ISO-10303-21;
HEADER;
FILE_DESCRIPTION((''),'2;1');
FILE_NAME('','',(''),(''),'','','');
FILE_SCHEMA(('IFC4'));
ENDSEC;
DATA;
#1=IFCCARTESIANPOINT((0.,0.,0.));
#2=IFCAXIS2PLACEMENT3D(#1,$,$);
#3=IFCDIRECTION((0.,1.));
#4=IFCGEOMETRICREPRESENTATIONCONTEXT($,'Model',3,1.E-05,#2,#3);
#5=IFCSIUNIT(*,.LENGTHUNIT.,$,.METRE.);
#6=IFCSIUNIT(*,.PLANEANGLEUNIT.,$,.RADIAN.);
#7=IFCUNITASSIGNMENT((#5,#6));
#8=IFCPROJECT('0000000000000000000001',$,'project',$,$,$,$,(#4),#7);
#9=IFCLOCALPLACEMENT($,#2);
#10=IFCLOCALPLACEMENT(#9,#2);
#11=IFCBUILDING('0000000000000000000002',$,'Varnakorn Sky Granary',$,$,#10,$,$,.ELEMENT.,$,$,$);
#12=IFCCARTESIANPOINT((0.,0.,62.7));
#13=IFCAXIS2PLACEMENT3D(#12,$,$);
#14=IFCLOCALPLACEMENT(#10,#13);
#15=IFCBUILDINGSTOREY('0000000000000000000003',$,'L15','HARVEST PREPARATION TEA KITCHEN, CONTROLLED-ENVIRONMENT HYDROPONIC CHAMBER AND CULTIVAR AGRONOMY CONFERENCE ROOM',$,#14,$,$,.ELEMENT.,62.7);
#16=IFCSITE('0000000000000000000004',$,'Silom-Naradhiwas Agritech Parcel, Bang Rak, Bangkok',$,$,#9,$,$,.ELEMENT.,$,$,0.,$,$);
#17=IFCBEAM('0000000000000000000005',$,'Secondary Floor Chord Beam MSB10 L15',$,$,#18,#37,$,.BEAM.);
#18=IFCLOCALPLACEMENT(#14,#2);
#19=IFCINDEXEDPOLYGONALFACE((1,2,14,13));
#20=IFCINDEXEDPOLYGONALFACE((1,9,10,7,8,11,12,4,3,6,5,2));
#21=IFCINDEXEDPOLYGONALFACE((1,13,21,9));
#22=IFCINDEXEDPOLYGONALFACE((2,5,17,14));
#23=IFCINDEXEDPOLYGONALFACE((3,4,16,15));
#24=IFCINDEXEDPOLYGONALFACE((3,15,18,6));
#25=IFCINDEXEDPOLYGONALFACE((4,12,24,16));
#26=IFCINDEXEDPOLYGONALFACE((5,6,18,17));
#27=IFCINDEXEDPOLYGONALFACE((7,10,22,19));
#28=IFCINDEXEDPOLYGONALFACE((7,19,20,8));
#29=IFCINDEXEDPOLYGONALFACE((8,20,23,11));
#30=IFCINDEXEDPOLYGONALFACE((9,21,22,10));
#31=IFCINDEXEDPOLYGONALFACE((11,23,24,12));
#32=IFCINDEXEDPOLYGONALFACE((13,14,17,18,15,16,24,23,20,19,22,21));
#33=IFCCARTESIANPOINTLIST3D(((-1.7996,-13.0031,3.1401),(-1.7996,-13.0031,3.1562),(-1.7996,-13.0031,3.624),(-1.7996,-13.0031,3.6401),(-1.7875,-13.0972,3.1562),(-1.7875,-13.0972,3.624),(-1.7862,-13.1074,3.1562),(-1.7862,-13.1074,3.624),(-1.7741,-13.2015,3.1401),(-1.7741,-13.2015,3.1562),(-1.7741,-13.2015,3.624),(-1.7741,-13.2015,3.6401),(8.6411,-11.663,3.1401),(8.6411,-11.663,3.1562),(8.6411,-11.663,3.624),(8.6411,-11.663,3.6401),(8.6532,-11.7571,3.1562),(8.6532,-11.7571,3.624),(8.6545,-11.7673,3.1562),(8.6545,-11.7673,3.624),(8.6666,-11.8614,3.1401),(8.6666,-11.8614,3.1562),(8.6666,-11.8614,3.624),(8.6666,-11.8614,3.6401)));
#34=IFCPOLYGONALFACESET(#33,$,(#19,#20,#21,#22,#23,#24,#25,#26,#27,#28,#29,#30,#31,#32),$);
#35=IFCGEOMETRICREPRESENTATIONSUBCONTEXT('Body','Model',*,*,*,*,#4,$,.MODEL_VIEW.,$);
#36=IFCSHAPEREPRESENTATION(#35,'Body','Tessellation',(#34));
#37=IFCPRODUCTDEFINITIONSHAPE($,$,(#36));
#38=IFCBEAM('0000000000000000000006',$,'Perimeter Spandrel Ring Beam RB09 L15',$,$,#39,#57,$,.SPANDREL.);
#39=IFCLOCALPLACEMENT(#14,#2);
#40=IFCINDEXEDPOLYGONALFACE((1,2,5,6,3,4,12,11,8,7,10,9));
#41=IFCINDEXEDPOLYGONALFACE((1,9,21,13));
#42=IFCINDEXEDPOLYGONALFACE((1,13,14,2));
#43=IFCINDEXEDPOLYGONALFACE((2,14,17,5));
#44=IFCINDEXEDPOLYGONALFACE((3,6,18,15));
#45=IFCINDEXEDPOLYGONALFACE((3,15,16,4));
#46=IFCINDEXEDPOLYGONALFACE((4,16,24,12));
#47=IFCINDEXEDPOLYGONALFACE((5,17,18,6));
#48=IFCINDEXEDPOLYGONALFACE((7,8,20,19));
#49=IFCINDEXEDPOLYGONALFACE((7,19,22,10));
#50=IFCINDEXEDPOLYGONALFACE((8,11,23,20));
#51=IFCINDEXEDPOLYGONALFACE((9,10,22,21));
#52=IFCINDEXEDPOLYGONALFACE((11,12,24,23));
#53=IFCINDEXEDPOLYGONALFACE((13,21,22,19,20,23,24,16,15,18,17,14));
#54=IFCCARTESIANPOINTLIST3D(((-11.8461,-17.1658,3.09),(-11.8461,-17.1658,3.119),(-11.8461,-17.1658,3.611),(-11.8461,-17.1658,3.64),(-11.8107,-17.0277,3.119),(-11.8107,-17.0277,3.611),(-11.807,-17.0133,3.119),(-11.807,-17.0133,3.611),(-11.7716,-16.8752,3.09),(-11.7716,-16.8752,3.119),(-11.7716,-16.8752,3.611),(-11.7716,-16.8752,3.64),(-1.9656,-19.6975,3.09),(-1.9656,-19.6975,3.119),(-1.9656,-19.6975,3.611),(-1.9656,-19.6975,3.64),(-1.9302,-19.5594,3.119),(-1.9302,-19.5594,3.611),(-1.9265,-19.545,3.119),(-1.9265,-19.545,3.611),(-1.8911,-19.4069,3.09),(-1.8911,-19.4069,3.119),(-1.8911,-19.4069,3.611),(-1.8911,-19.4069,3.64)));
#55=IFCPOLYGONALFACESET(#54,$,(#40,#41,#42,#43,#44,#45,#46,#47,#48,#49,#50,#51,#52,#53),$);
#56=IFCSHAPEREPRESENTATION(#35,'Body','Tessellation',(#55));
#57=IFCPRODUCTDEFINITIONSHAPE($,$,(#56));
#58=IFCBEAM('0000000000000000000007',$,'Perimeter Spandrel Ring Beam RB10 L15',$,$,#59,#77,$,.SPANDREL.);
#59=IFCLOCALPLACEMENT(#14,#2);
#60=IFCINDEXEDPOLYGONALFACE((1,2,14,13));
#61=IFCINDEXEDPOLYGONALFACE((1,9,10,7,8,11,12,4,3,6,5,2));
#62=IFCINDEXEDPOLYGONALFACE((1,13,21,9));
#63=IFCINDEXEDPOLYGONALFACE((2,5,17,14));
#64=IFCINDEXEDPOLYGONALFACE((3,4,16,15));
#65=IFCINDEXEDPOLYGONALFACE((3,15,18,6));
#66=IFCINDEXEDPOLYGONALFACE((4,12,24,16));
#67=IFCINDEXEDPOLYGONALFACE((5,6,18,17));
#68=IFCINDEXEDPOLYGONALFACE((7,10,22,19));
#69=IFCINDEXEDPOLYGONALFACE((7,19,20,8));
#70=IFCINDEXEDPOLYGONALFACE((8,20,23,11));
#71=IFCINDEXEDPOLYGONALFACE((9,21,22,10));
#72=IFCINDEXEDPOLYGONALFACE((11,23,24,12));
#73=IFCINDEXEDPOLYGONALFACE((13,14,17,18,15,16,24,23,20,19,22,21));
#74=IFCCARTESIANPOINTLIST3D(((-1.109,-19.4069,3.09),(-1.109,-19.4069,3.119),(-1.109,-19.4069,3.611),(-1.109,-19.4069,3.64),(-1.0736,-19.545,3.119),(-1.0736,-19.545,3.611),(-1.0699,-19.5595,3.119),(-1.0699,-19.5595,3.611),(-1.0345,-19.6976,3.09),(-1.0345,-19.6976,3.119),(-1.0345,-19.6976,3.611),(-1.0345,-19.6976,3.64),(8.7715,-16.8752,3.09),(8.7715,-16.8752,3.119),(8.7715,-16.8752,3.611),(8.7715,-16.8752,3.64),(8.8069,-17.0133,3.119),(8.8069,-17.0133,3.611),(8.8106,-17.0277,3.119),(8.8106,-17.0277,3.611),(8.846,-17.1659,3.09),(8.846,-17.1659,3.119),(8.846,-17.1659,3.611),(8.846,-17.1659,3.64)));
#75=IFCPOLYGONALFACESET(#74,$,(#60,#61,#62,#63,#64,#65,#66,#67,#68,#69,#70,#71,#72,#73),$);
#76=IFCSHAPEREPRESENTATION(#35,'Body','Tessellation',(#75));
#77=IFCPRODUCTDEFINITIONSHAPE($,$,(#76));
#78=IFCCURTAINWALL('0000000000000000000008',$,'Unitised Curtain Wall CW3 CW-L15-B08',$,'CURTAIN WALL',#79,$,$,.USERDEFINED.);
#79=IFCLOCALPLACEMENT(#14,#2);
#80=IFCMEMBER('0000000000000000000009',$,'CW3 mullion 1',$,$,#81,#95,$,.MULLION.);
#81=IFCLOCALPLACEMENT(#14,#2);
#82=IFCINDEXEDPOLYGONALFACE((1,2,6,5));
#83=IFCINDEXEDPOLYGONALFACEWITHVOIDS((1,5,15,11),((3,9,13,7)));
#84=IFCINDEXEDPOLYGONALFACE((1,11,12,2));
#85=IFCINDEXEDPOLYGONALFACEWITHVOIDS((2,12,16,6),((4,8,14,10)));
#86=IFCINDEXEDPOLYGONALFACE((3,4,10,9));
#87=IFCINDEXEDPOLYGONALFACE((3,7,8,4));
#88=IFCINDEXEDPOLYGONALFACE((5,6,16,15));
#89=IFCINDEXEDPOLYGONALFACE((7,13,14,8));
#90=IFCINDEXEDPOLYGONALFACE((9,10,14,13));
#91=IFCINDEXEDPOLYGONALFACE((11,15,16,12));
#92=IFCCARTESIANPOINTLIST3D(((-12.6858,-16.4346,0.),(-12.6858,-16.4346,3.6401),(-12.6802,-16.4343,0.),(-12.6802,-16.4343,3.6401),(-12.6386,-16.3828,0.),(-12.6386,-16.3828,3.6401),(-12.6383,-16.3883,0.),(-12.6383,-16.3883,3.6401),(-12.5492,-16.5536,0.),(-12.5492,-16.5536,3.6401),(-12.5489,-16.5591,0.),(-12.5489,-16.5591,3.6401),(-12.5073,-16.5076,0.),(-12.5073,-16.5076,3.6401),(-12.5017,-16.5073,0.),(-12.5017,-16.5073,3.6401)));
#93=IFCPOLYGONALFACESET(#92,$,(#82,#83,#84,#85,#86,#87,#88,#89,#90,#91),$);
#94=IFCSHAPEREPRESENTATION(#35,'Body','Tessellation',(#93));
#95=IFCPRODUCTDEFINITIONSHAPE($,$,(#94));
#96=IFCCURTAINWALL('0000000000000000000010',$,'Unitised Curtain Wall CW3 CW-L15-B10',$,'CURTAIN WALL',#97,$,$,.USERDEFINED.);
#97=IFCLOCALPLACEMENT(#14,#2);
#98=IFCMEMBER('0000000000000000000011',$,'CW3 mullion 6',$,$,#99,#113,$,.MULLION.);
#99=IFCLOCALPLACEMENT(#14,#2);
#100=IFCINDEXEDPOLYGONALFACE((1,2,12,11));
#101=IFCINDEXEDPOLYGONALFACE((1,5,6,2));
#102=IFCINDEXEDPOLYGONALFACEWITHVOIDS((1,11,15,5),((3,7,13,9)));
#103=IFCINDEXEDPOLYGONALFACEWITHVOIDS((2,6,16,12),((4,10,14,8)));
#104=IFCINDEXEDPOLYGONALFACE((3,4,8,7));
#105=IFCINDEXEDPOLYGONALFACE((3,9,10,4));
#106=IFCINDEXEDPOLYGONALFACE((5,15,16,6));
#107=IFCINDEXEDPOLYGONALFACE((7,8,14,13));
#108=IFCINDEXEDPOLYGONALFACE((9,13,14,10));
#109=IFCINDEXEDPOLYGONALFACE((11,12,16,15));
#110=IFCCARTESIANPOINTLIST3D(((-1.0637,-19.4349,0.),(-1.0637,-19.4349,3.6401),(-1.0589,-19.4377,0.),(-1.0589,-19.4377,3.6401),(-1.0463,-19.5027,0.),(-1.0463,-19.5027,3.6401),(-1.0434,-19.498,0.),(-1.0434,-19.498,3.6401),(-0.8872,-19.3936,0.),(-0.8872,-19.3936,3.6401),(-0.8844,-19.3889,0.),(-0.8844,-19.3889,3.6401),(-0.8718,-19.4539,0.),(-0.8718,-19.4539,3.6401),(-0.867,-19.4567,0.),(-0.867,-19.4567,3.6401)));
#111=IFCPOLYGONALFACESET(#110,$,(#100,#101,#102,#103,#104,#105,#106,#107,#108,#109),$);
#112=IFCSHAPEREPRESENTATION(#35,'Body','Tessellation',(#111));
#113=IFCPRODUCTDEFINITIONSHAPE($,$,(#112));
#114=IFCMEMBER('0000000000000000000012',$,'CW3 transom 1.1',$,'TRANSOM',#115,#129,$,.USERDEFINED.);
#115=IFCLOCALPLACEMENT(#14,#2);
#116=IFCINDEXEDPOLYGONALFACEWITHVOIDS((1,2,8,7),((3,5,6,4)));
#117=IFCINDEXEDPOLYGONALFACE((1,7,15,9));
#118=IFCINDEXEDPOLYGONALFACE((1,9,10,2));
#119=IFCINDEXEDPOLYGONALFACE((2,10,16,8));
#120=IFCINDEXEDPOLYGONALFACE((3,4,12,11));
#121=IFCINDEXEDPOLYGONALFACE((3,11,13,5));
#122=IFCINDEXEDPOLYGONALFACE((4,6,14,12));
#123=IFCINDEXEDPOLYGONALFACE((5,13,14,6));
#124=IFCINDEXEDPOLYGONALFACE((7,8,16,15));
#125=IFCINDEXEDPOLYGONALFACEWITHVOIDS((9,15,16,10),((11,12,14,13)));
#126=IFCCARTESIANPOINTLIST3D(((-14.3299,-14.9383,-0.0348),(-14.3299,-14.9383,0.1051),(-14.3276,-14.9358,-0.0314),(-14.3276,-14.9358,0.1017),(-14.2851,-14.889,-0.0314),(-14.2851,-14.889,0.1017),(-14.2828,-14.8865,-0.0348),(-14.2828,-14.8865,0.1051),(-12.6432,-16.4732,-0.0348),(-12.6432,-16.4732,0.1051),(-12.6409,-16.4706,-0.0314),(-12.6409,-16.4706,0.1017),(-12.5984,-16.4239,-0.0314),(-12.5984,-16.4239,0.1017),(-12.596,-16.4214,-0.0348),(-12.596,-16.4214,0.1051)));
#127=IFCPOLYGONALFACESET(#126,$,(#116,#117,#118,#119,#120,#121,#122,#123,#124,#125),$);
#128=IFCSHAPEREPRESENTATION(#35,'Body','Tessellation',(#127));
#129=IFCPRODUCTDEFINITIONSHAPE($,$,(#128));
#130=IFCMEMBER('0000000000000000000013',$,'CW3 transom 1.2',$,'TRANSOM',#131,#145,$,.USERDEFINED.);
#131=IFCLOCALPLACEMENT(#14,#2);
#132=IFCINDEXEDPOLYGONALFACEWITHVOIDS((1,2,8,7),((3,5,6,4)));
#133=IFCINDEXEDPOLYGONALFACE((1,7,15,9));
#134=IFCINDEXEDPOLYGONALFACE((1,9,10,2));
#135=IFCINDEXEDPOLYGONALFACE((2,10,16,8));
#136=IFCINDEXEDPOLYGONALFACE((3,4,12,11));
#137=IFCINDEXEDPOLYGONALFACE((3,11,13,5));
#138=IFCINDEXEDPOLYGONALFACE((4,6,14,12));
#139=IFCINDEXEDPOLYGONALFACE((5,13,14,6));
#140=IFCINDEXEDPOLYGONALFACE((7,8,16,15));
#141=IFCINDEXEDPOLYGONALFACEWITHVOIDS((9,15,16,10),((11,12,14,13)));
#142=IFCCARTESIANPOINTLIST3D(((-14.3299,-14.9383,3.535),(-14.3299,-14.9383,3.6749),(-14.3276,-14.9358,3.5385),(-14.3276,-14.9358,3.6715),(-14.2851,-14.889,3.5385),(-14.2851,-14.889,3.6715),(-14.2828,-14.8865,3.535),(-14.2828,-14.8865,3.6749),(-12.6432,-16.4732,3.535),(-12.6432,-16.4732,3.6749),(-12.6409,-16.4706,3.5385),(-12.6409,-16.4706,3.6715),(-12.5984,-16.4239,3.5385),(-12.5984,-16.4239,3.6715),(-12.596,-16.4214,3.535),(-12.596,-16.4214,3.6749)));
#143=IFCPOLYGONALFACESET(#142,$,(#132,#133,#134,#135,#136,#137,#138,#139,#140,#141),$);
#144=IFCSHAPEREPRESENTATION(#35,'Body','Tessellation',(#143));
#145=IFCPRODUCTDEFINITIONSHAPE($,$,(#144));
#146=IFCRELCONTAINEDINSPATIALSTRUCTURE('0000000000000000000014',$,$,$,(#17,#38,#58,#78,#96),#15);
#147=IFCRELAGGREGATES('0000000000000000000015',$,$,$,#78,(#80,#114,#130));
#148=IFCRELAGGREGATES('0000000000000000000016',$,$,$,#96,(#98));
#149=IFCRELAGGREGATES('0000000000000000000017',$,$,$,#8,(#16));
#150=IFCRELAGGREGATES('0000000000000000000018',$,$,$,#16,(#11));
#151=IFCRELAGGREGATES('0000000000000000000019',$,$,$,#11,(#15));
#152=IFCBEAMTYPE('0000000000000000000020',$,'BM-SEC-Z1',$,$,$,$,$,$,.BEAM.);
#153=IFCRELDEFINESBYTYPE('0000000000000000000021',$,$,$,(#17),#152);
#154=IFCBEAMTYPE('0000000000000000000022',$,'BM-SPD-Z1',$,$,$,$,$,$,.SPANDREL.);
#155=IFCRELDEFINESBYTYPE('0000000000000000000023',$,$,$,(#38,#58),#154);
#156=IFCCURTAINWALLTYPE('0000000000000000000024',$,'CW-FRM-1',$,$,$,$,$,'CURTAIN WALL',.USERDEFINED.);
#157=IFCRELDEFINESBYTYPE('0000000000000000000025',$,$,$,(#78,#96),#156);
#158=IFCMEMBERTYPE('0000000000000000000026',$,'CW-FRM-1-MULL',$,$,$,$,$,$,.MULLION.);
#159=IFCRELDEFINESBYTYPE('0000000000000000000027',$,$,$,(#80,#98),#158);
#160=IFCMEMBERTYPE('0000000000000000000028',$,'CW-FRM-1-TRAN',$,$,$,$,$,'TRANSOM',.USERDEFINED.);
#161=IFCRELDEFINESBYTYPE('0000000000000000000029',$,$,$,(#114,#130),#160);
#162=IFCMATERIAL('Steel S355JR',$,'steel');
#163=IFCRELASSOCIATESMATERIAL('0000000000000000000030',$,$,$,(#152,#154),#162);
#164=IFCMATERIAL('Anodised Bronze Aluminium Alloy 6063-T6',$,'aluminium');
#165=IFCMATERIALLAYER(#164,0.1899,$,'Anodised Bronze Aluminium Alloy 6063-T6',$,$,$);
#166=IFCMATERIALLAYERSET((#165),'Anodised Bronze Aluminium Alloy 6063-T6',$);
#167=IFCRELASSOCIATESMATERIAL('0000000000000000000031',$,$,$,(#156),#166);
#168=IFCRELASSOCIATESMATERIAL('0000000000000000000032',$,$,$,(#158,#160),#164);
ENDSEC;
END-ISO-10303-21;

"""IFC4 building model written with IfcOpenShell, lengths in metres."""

from ifc_helpers import new_model, si_unit, direction, frame, origin, origin_2d, place, context, subcontext, project, spatial, hollow_rectangle, i_section, extrude, material, layer, layer_set, material_profile, profile_set, type_object, element, aggregate, save


model = new_model("IFC4")

# Units and contexts
model_context = context("Model", 3, precision=1e-05, world=origin(), true_north=direction((0.0, 1.0)))
body_context = subcontext(model_context, "Body", "Model", "MODEL_VIEW")
ifc_project = project(units=[si_unit("LENGTHUNIT", "METRE"), si_unit("PLANEANGLEUNIT", "RADIAN")], contexts=[model_context])

# Site, building, storey
site_placement = place(None, origin())
site = spatial("IfcSite", under=ifc_project, at=site_placement, Name="Silom-Naradhiwas Agritech Parcel, Bang Rak, Bangkok", CompositionType="ELEMENT", RefElevation=0.0)
building_placement = place(site_placement, origin())
building = spatial("IfcBuilding", under=site, at=building_placement, Name="Varnakorn Sky Granary", CompositionType="ELEMENT")
storey_placement = place(building_placement, frame((0.0, 0.0, 62.7)))
storey = spatial("IfcBuildingStorey", under=building, at=storey_placement, Name="L15", Description="HARVEST PREPARATION TEA KITCHEN, CONTROLLED-ENVIRONMENT HYDROPONIC CHAMBER AND CULTIVAR AGRONOMY CONFERENCE ROOM", CompositionType="ELEMENT", Elevation=62.7)

# Beams
ifc_material_1 = material(Name="Steel S355JR", Category="steel")
ifc_material_profile_1 = material_profile(ifc_material_1, i_section(OverallWidth=0.2, OverallDepth=0.5, WebThickness=0.0103, FlangeThickness=0.0161, at=origin_2d()), Name="IPE 500")
ifc_profile_set_1 = profile_set([ifc_material_profile_1], Name="Steel S355JR")
beam_type_1 = type_object("IfcBeamType", Name="BM-SEC-Z1", PredefinedType="BEAM", material=ifc_profile_set_1)
beam_1_placement = place(storey_placement, frame((-1.7869, -13.1023, 3.3901), z_axis=(0.991863, 0.127308, 0.0), x_axis=(-0.127308, 0.991863, 0.0)))
element("IfcBeam", 1, at=beam_1_placement, inside=storey, type_object=beam_type_1, Name="Secondary Floor Chord Beam MSB10 L15", PredefinedType="BEAM", context=body_context, shape_type="SweptSolid", body=[
    extrude(i_section(OverallWidth=0.2, OverallDepth=0.5, WebThickness=0.0103, FlangeThickness=0.0161, at=origin_2d()), origin(), (0.0, 0.0, 1.0), 10.5264),
])
ifc_material_profile_2 = material_profile(ifc_material_1, i_section(OverallWidth=0.3, OverallDepth=0.55, WebThickness=0.0149, FlangeThickness=0.0291, at=origin_2d()), Name="HE 550 B")
ifc_profile_set_2 = profile_set([ifc_material_profile_2], Name="Steel S355JR")
beam_type_2 = type_object("IfcBeamType", Name="BM-SPD-Z1", PredefinedType="SPANDREL", material=ifc_profile_set_2)
for number, where, z_axis, x_axis, name in (
    (2, (-11.8088, -17.0205, 3.365), (0.968705, -0.248214, 0.0), (0.248214, 0.968705, 0.0), "Perimeter Spandrel Ring Beam RB09 L15"),
    (3, (-1.0718, -19.5522, 3.365), (0.968705, 0.248214, 0.0), (-0.248214, 0.968705, 0.0), "Perimeter Spandrel Ring Beam RB10 L15"),
):
    element("IfcBeam", number, at=place(storey_placement, frame(where, z_axis=z_axis, x_axis=x_axis)), inside=storey, type_object=beam_type_2, Name=name, PredefinedType="SPANDREL", context=body_context, shape_type="SweptSolid", body=[
        extrude(i_section(OverallWidth=0.3, OverallDepth=0.55, WebThickness=0.0149, FlangeThickness=0.0291, at=origin_2d()), origin(), (0.0, 0.0, 1.0), 10.1997),
    ])

# Curtain walls, members
ifc_material_2 = material(Name="Anodised Bronze Aluminium Alloy 6063-T6", Category="aluminium")
ifc_layer_1 = layer(ifc_material_2, 0.1899, Name="Anodised Bronze Aluminium Alloy 6063-T6")
ifc_layer_set_1 = layer_set([ifc_layer_1], Name="Anodised Bronze Aluminium Alloy 6063-T6")
curtain_wall_type = type_object("IfcCurtainWallType", Name="CW-FRM-1", ElementType="CURTAIN WALL", PredefinedType="USERDEFINED", material=ifc_layer_set_1)
curtain_wall_1_placement = place(storey_placement, origin())
curtain_wall_1 = element("IfcCurtainWall", 4, at=curtain_wall_1_placement, inside=storey, type_object=curtain_wall_type, Name="Unitised Curtain Wall CW3 CW-L15-B08", ObjectType="CURTAIN WALL", PredefinedType="USERDEFINED")
ifc_material_profile_3 = material_profile(ifc_material_2, hollow_rectangle(XDim=0.0701, YDim=0.1851, WallThickness=0.0039, at=origin_2d()), Name="ALU MULL 70x185")
ifc_profile_set_3 = profile_set([ifc_material_profile_3], Name="Anodised Bronze Aluminium Alloy 6063-T6")
member_type_1 = type_object("IfcMemberType", Name="CW-FRM-1-MULL", PredefinedType="MULLION", material=ifc_profile_set_3)
member_1_placement = place(storey_placement, frame((-12.5938, -16.4709, 0.0), z_axis=(0.0, 0.0, 1.0), x_axis=(-0.673051, -0.739596, 0.0)))
member_1 = element("IfcMember", 5, at=member_1_placement, type_object=member_type_1, Name="CW3 mullion 1", PredefinedType="MULLION", context=body_context, shape_type="SweptSolid", body=[
    extrude(hollow_rectangle(XDim=0.0701, YDim=0.1851, WallThickness=0.0039, at=origin_2d()), origin(), (0.0, 0.0, 1.0), 3.6401),
])
curtain_wall_2_placement = place(storey_placement, origin())
curtain_wall_2 = element("IfcCurtainWall", 6, at=curtain_wall_2_placement, inside=storey, type_object=curtain_wall_type, Name="Unitised Curtain Wall CW3 CW-L15-B10", ObjectType="CURTAIN WALL", PredefinedType="USERDEFINED")
member_2_placement = place(storey_placement, frame((-0.9653, -19.4458, 0.0), z_axis=(0.0, 0.0, 1.0), x_axis=(0.248436, -0.968648, 0.0)))
member_2 = element("IfcMember", 7, at=member_2_placement, type_object=member_type_1, Name="CW3 mullion 6", PredefinedType="MULLION", context=body_context, shape_type="SweptSolid", body=[
    extrude(hollow_rectangle(XDim=0.0701, YDim=0.1851, WallThickness=0.0039, at=origin_2d()), origin(), (0.0, 0.0, 1.0), 3.6401),
])

# Members
ifc_material_profile_4 = material_profile(ifc_material_2, hollow_rectangle(XDim=0.0701, YDim=0.1399, WallThickness=0.0034, at=origin_2d()), Name="ALU TRAN 70x140")
ifc_profile_set_4 = profile_set([ifc_material_profile_4], Name="Anodised Bronze Aluminium Alloy 6063-T6")
member_type_2 = type_object("IfcMemberType", Name="CW-FRM-1-TRAN", ElementType="TRANSOM", PredefinedType="USERDEFINED", material=ifc_profile_set_4)
member_3_placement = place(storey_placement, frame((-12.6196, -16.4473, 0.0352), z_axis=(-0.739615, 0.67303, 0.0), x_axis=(-0.67303, -0.739615, 0.0)))
member_3 = element("IfcMember", 8, at=member_3_placement, type_object=member_type_2, Name="CW3 transom 1.1", ObjectType="TRANSOM", PredefinedType="USERDEFINED", context=body_context, shape_type="SweptSolid", body=[
    extrude(hollow_rectangle(XDim=0.0701, YDim=0.1399, WallThickness=0.0034, at=origin_2d()), origin(), (0.0, 0.0, 1.0), 2.2805),
])
member_4_placement = place(storey_placement, frame((-12.6196, -16.4473, 3.605), z_axis=(-0.739615, 0.67303, 0.0), x_axis=(-0.67303, -0.739615, 0.0)))
member_4 = element("IfcMember", 9, at=member_4_placement, type_object=member_type_2, Name="CW3 transom 1.2", ObjectType="TRANSOM", PredefinedType="USERDEFINED", context=body_context, shape_type="SweptSolid", body=[
    extrude(hollow_rectangle(XDim=0.0701, YDim=0.1399, WallThickness=0.0034, at=origin_2d()), origin(), (0.0, 0.0, 1.0), 2.2805),
])
aggregate(curtain_wall_1, [member_1, member_3, member_4])

aggregate(curtain_wall_2, [member_2])

save(model, "model.ifc")
